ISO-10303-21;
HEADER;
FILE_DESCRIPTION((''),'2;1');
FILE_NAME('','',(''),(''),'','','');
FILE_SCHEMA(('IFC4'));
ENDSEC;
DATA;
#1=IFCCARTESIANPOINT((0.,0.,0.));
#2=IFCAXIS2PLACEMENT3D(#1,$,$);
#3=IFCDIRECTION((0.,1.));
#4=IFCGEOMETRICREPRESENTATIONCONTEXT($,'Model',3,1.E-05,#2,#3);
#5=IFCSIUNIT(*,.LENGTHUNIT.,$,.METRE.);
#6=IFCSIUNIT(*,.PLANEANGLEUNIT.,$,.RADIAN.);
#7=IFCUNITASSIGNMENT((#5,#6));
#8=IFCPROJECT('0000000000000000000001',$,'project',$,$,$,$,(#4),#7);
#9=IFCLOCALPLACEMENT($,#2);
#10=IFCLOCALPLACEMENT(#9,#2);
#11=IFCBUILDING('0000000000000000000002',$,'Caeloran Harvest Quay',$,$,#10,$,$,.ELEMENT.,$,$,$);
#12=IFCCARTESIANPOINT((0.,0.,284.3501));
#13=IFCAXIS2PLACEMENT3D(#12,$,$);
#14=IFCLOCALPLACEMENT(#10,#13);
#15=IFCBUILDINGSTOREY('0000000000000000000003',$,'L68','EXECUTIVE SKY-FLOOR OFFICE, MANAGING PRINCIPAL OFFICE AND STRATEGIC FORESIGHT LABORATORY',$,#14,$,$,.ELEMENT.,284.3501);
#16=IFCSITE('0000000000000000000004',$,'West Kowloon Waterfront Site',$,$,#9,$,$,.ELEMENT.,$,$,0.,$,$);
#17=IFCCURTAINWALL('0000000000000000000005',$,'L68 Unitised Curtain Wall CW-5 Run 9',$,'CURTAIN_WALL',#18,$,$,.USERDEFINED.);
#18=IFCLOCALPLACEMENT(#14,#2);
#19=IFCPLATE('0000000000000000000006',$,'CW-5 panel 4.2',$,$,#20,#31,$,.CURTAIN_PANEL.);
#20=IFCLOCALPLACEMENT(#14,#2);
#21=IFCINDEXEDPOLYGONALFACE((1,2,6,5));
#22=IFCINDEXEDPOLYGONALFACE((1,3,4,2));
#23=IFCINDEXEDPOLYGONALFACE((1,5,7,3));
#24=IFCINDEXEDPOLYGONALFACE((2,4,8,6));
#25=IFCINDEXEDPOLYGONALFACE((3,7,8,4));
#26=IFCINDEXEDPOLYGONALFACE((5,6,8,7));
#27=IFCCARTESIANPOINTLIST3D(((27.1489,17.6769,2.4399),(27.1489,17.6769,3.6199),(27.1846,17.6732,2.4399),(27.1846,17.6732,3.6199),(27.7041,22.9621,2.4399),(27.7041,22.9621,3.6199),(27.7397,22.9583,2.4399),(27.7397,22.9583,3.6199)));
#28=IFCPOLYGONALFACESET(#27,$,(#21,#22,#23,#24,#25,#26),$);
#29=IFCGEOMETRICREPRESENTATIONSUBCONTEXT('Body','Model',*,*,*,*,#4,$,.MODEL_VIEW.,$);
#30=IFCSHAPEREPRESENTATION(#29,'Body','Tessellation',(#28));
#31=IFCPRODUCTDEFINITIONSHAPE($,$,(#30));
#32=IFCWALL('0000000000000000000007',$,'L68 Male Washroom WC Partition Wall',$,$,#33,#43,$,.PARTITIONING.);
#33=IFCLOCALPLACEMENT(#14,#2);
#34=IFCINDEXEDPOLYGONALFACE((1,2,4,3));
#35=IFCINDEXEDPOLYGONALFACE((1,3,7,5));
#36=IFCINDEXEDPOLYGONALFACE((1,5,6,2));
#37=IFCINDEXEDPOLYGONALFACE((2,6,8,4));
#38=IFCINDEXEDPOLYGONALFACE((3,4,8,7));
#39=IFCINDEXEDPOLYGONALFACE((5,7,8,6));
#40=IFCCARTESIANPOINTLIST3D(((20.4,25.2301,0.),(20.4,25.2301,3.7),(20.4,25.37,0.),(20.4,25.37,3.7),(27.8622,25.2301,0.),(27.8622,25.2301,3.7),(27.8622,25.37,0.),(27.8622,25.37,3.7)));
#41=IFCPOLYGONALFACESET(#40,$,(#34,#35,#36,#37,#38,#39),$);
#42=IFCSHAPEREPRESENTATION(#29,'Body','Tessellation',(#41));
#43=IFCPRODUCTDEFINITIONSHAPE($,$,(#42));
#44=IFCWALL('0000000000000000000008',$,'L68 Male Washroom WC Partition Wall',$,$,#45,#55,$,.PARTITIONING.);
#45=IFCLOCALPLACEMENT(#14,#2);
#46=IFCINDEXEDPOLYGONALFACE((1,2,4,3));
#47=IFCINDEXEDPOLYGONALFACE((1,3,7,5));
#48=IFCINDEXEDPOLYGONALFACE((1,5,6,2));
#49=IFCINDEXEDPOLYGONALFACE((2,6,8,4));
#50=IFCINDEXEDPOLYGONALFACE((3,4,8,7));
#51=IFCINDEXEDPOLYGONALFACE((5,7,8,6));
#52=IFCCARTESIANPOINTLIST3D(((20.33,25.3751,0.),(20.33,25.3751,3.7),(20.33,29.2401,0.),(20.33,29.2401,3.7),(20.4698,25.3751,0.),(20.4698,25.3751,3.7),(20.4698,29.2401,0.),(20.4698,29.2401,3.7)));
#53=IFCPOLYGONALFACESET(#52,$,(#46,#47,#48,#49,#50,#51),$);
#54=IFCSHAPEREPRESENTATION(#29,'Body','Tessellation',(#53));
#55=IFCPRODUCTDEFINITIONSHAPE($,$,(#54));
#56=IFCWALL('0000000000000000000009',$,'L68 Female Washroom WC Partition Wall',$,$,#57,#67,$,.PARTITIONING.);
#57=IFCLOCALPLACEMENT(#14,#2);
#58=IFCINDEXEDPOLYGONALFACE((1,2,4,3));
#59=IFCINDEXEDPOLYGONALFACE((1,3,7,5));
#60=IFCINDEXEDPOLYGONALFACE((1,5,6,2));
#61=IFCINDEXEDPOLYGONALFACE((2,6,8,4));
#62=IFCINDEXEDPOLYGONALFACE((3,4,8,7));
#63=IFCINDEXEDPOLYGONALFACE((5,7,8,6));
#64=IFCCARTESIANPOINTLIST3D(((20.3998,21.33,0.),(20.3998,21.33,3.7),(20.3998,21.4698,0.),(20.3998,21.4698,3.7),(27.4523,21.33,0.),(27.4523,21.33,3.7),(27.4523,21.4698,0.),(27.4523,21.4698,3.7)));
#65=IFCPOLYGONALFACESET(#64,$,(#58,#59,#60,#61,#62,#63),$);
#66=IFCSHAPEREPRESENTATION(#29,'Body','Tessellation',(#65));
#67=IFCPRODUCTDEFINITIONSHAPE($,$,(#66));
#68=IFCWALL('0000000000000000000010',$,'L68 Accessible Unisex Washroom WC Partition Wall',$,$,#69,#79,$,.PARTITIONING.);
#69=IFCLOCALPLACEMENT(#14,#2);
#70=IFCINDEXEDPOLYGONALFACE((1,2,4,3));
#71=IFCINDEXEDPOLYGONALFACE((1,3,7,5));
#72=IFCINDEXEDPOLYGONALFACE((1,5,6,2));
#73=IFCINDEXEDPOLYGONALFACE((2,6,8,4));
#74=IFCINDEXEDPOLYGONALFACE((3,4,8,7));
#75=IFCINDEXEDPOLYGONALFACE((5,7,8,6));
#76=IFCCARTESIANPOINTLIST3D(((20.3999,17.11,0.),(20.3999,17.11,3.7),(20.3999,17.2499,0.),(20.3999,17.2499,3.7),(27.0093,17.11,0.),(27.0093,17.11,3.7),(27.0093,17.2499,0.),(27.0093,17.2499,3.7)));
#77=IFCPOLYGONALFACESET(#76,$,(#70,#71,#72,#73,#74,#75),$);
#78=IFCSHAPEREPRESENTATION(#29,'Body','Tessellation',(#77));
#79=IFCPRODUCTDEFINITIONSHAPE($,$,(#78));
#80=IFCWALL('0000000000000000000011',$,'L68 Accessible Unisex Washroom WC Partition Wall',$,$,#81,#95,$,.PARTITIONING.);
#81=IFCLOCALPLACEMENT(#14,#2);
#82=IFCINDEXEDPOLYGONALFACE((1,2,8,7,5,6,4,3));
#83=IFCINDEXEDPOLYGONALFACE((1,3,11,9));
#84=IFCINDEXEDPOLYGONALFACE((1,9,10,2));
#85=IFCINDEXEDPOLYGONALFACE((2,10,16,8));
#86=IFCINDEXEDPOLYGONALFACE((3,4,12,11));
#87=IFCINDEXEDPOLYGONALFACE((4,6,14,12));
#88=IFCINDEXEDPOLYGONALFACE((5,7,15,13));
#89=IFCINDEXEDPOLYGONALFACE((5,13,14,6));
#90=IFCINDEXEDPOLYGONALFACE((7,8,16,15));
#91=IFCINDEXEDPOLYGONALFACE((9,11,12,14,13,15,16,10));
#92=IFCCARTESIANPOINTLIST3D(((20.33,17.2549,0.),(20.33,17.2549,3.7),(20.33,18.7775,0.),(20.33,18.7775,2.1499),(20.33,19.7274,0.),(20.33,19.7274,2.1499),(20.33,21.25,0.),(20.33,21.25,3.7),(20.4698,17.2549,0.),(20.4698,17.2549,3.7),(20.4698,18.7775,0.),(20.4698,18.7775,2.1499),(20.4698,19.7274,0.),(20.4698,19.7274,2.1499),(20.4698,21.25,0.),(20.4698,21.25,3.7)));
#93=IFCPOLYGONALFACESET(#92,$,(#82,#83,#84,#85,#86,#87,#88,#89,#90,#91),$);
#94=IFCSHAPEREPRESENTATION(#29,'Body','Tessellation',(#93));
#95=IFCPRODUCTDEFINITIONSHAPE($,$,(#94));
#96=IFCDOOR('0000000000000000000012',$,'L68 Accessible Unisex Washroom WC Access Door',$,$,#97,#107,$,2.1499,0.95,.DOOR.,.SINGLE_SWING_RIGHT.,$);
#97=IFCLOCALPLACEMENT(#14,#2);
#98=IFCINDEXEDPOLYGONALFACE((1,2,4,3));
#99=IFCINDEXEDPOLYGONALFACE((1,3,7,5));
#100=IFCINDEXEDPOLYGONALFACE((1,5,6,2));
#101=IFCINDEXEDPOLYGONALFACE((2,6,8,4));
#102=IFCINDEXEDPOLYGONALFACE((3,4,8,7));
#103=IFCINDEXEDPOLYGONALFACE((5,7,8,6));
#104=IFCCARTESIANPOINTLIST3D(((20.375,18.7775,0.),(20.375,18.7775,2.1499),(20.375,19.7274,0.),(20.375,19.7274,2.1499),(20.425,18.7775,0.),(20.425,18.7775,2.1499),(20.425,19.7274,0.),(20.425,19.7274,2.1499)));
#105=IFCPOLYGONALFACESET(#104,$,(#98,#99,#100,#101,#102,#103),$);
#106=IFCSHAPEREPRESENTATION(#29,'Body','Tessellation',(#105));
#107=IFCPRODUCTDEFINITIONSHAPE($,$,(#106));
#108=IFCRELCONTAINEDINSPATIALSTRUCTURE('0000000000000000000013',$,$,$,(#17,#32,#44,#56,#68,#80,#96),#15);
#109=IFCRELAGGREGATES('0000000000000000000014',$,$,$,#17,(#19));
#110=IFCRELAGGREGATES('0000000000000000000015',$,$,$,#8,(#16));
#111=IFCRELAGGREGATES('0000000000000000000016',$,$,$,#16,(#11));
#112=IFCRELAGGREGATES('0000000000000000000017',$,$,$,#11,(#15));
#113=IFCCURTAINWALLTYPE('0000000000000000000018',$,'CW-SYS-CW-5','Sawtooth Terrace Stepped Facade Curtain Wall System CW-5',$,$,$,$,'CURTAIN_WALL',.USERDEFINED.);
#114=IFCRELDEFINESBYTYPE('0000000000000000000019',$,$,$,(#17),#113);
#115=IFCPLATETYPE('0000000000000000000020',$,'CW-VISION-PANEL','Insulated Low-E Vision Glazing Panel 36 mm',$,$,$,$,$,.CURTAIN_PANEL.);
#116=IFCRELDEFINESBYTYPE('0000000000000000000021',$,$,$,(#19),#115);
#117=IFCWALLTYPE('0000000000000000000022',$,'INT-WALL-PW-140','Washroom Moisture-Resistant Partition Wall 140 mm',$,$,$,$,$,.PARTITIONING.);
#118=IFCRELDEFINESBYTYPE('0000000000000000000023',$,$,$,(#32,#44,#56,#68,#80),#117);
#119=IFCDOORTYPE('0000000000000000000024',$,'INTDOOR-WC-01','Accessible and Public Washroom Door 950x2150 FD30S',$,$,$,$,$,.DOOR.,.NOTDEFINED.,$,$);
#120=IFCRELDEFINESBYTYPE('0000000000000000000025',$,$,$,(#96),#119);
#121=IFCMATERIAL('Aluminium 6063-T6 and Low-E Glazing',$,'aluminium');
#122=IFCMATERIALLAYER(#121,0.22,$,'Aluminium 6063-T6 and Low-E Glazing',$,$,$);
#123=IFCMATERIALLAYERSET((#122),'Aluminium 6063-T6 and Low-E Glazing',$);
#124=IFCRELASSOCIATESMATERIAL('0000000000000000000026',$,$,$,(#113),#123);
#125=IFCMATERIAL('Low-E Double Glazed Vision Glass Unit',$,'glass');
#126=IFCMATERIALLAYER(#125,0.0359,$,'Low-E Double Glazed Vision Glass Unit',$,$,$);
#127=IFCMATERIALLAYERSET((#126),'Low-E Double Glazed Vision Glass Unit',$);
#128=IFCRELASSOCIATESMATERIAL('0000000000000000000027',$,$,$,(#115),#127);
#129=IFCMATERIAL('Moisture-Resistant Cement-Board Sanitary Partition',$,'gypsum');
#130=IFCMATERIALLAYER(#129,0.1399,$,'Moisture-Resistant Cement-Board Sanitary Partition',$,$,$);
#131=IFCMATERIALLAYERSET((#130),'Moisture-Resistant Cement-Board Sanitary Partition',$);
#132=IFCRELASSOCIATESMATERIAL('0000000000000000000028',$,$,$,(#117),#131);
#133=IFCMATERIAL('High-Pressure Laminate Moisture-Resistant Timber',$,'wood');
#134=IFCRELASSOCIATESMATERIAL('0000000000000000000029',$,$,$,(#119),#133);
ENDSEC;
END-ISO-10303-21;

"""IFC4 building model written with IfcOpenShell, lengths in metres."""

from ifc_helpers import new_model, si_unit, direction, frame, frame_2d, origin, origin_2d, place, context, subcontext, project, spatial, rectangle, extrude, material, layer, layer_set, type_object, element, fill, aggregate, save


model = new_model("IFC4")

# Units and contexts
model_context = context("Model", 3, precision=1e-05, world=origin(), true_north=direction((0.0, 1.0)))
body_context = subcontext(model_context, "Body", "Model", "MODEL_VIEW")
ifc_project = project(units=[si_unit("LENGTHUNIT", "METRE"), si_unit("PLANEANGLEUNIT", "RADIAN")], contexts=[model_context])

# Site, building, storey
site_placement = place(None, origin())
site = spatial("IfcSite", under=ifc_project, at=site_placement, Name="West Kowloon Waterfront Site", CompositionType="ELEMENT", RefElevation=0.0)
building_placement = place(site_placement, origin())
building = spatial("IfcBuilding", under=site, at=building_placement, Name="Caeloran Harvest Quay", CompositionType="ELEMENT")
storey_placement = place(building_placement, frame((0.0, 0.0, 284.3501)))
storey = spatial("IfcBuildingStorey", under=building, at=storey_placement, Name="L68", Description="EXECUTIVE SKY-FLOOR OFFICE, MANAGING PRINCIPAL OFFICE AND STRATEGIC FORESIGHT LABORATORY", CompositionType="ELEMENT", Elevation=284.3501)

# Curtain wall, plate
ifc_material_1 = material(Name="Aluminium 6063-T6 and Low-E Glazing", Category="aluminium")
ifc_layer_1 = layer(ifc_material_1, 0.22, Name="Aluminium 6063-T6 and Low-E Glazing")
ifc_layer_set_1 = layer_set([ifc_layer_1], Name="Aluminium 6063-T6 and Low-E Glazing")
curtain_wall_type = type_object("IfcCurtainWallType", Name="CW-SYS-CW-5", Description="Sawtooth Terrace Stepped Facade Curtain Wall System CW-5", ElementType="CURTAIN_WALL", PredefinedType="USERDEFINED", material=ifc_layer_set_1)
curtain_wall_placement = place(storey_placement, origin())
curtain_wall = element("IfcCurtainWall", 1, at=curtain_wall_placement, inside=storey, type_object=curtain_wall_type, Name="L68 Unitised Curtain Wall CW-5 Run 9", ObjectType="CURTAIN_WALL", PredefinedType="USERDEFINED")
ifc_material_2 = material(Name="Low-E Double Glazed Vision Glass Unit", Category="glass")
ifc_layer_2 = layer(ifc_material_2, 0.0359, Name="Low-E Double Glazed Vision Glass Unit")
ifc_layer_set_2 = layer_set([ifc_layer_2], Name="Low-E Double Glazed Vision Glass Unit")
plate_type = type_object("IfcPlateType", Name="CW-VISION-PANEL", Description="Insulated Low-E Vision Glazing Panel 36 mm", PredefinedType="CURTAIN_PANEL", material=ifc_layer_set_2)
plate_1_placement = place(storey_placement, frame((27.4443, 20.3176, 2.4399), z_axis=(0.0, 0.0, 1.0), x_axis=(-0.10446, -0.994529, 0.0)))
plate_1 = element("IfcPlate", 2, at=plate_1_placement, type_object=plate_type, Name="CW-5 panel 4.2", PredefinedType="CURTAIN_PANEL", context=body_context, shape_type="SweptSolid", body=[
    extrude(rectangle(XDim=5.3142, YDim=0.0359, at=origin_2d()), origin(), (0.0, 0.0, 1.0), 1.1799),
])
aggregate(curtain_wall, [plate_1])

# Walls
ifc_material_3 = material(Name="Moisture-Resistant Cement-Board Sanitary Partition", Category="gypsum")
ifc_layer_3 = layer(ifc_material_3, 0.1399, Name="Moisture-Resistant Cement-Board Sanitary Partition")
ifc_layer_set_3 = layer_set([ifc_layer_3], Name="Moisture-Resistant Cement-Board Sanitary Partition")
wall_type = type_object("IfcWallType", Name="INT-WALL-PW-140", Description="Washroom Moisture-Resistant Partition Wall 140 mm", PredefinedType="PARTITIONING", material=ifc_layer_set_3)
wall_1_placement = place(storey_placement, frame((27.8621, 25.3, 0.0), z_axis=(0.0, 0.0, 1.0), x_axis=(-1.0, 0.0, 0.0)))
element("IfcWall", 3, at=wall_1_placement, inside=storey, type_object=wall_type, Name="L68 Male Washroom WC Partition Wall", PredefinedType="PARTITIONING", context=body_context, shape_type="SweptSolid", body=[
    extrude(rectangle(XDim=7.4622, YDim=0.1399, at=frame_2d((3.731, 0.0))), origin(), (0.0, 0.0, 1.0), 3.7),
])
wall_2_placement = place(storey_placement, frame((20.3999, 25.375, 0.0), z_axis=(0.0, 0.0, 1.0), x_axis=(0.0, 1.0, 0.0)))
element("IfcWall", 4, at=wall_2_placement, inside=storey, type_object=wall_type, Name="L68 Male Washroom WC Partition Wall", PredefinedType="PARTITIONING", context=body_context, shape_type="SweptSolid", body=[
    extrude(rectangle(XDim=3.865, YDim=0.1399, at=frame_2d((1.9326, 0.0))), origin(), (0.0, 0.0, 1.0), 3.7),
])
wall_3_placement = place(storey_placement, frame((27.4524, 21.3999, 0.0), z_axis=(0.0, 0.0, 1.0), x_axis=(-1.0, 0.0, 0.0)))
element("IfcWall", 5, at=wall_3_placement, inside=storey, type_object=wall_type, Name="L68 Female Washroom WC Partition Wall", PredefinedType="PARTITIONING", context=body_context, shape_type="SweptSolid", body=[
    extrude(rectangle(XDim=7.0525, YDim=0.1399, at=frame_2d((3.5264, 0.0))), origin(), (0.0, 0.0, 1.0), 3.7),
])

# Shared definitions
ifc_material_4 = material(Name="High-Pressure Laminate Moisture-Resistant Timber", Category="wood")
door_type = type_object("IfcDoorType", Name="INTDOOR-WC-01", Description="Accessible and Public Washroom Door 950x2150 FD30S", OperationType="NOTDEFINED", PredefinedType="DOOR", material=ifc_material_4)

# Wall
wall_4_placement = place(storey_placement, frame((27.0093, 17.1799, 0.0), z_axis=(0.0, 0.0, 1.0), x_axis=(-1.0, 0.0, 0.0)))
element("IfcWall", 6, at=wall_4_placement, inside=storey, type_object=wall_type, Name="L68 Accessible Unisex Washroom WC Partition Wall", PredefinedType="PARTITIONING", context=body_context, shape_type="SweptSolid", body=[
    extrude(rectangle(XDim=6.6094, YDim=0.1399, at=frame_2d((3.3047, 0.0))), origin(), (0.0, 0.0, 1.0), 3.7),
])

# Wall, opening, door
wall_5_placement = place(storey_placement, frame((20.3999, 17.2549, 0.0), z_axis=(0.0, 0.0, 1.0), x_axis=(0.0, 1.0, 0.0)))
wall_5 = element("IfcWall", 7, at=wall_5_placement, inside=storey, type_object=wall_type, Name="L68 Accessible Unisex Washroom WC Partition Wall", PredefinedType="PARTITIONING", context=body_context, shape_type="SweptSolid", body=[
    extrude(rectangle(XDim=3.9951, YDim=0.1399, at=frame_2d((1.9976, 0.0))), origin(), (0.0, 0.0, 1.0), 3.7),
])
opening_1_placement = place(wall_5_placement, frame((1.5225, 0.0, 0.0)))
opening_1 = element("IfcOpeningElement", 8, at=opening_1_placement, cuts=wall_5, PredefinedType="OPENING", context=body_context, shape_type="SweptSolid", body=[
    extrude(rectangle(XDim=0.95, YDim=2.1499, at=frame_2d((0.4751, 1.075))), frame((0.0, 0.0801, 0.0), z_axis=(0.0, -1.0, 0.0), x_axis=(1.0, 0.0, 0.0)), (0.0, 0.0, 1.0), 0.1599),
])
door_1_placement = place(opening_1_placement, origin())
door_1 = element("IfcDoor", 9, at=door_1_placement, inside=storey, type_object=door_type, Name="L68 Accessible Unisex Washroom WC Access Door", OperationType="SINGLE_SWING_RIGHT", OverallHeight=2.1499, OverallWidth=0.95, PredefinedType="DOOR", context=body_context, shape_type="SweptSolid", body=[
    extrude(rectangle(XDim=0.95, YDim=2.1499, at=frame_2d((0.4751, 1.075))), frame((0.0, 0.0249, 0.0), z_axis=(0.0, -1.0, 0.0), x_axis=(1.0, 0.0, 0.0)), (0.0, 0.0, 1.0), 0.05),
])
fill(opening_1, door_1)

save(model, "model.ifc")
